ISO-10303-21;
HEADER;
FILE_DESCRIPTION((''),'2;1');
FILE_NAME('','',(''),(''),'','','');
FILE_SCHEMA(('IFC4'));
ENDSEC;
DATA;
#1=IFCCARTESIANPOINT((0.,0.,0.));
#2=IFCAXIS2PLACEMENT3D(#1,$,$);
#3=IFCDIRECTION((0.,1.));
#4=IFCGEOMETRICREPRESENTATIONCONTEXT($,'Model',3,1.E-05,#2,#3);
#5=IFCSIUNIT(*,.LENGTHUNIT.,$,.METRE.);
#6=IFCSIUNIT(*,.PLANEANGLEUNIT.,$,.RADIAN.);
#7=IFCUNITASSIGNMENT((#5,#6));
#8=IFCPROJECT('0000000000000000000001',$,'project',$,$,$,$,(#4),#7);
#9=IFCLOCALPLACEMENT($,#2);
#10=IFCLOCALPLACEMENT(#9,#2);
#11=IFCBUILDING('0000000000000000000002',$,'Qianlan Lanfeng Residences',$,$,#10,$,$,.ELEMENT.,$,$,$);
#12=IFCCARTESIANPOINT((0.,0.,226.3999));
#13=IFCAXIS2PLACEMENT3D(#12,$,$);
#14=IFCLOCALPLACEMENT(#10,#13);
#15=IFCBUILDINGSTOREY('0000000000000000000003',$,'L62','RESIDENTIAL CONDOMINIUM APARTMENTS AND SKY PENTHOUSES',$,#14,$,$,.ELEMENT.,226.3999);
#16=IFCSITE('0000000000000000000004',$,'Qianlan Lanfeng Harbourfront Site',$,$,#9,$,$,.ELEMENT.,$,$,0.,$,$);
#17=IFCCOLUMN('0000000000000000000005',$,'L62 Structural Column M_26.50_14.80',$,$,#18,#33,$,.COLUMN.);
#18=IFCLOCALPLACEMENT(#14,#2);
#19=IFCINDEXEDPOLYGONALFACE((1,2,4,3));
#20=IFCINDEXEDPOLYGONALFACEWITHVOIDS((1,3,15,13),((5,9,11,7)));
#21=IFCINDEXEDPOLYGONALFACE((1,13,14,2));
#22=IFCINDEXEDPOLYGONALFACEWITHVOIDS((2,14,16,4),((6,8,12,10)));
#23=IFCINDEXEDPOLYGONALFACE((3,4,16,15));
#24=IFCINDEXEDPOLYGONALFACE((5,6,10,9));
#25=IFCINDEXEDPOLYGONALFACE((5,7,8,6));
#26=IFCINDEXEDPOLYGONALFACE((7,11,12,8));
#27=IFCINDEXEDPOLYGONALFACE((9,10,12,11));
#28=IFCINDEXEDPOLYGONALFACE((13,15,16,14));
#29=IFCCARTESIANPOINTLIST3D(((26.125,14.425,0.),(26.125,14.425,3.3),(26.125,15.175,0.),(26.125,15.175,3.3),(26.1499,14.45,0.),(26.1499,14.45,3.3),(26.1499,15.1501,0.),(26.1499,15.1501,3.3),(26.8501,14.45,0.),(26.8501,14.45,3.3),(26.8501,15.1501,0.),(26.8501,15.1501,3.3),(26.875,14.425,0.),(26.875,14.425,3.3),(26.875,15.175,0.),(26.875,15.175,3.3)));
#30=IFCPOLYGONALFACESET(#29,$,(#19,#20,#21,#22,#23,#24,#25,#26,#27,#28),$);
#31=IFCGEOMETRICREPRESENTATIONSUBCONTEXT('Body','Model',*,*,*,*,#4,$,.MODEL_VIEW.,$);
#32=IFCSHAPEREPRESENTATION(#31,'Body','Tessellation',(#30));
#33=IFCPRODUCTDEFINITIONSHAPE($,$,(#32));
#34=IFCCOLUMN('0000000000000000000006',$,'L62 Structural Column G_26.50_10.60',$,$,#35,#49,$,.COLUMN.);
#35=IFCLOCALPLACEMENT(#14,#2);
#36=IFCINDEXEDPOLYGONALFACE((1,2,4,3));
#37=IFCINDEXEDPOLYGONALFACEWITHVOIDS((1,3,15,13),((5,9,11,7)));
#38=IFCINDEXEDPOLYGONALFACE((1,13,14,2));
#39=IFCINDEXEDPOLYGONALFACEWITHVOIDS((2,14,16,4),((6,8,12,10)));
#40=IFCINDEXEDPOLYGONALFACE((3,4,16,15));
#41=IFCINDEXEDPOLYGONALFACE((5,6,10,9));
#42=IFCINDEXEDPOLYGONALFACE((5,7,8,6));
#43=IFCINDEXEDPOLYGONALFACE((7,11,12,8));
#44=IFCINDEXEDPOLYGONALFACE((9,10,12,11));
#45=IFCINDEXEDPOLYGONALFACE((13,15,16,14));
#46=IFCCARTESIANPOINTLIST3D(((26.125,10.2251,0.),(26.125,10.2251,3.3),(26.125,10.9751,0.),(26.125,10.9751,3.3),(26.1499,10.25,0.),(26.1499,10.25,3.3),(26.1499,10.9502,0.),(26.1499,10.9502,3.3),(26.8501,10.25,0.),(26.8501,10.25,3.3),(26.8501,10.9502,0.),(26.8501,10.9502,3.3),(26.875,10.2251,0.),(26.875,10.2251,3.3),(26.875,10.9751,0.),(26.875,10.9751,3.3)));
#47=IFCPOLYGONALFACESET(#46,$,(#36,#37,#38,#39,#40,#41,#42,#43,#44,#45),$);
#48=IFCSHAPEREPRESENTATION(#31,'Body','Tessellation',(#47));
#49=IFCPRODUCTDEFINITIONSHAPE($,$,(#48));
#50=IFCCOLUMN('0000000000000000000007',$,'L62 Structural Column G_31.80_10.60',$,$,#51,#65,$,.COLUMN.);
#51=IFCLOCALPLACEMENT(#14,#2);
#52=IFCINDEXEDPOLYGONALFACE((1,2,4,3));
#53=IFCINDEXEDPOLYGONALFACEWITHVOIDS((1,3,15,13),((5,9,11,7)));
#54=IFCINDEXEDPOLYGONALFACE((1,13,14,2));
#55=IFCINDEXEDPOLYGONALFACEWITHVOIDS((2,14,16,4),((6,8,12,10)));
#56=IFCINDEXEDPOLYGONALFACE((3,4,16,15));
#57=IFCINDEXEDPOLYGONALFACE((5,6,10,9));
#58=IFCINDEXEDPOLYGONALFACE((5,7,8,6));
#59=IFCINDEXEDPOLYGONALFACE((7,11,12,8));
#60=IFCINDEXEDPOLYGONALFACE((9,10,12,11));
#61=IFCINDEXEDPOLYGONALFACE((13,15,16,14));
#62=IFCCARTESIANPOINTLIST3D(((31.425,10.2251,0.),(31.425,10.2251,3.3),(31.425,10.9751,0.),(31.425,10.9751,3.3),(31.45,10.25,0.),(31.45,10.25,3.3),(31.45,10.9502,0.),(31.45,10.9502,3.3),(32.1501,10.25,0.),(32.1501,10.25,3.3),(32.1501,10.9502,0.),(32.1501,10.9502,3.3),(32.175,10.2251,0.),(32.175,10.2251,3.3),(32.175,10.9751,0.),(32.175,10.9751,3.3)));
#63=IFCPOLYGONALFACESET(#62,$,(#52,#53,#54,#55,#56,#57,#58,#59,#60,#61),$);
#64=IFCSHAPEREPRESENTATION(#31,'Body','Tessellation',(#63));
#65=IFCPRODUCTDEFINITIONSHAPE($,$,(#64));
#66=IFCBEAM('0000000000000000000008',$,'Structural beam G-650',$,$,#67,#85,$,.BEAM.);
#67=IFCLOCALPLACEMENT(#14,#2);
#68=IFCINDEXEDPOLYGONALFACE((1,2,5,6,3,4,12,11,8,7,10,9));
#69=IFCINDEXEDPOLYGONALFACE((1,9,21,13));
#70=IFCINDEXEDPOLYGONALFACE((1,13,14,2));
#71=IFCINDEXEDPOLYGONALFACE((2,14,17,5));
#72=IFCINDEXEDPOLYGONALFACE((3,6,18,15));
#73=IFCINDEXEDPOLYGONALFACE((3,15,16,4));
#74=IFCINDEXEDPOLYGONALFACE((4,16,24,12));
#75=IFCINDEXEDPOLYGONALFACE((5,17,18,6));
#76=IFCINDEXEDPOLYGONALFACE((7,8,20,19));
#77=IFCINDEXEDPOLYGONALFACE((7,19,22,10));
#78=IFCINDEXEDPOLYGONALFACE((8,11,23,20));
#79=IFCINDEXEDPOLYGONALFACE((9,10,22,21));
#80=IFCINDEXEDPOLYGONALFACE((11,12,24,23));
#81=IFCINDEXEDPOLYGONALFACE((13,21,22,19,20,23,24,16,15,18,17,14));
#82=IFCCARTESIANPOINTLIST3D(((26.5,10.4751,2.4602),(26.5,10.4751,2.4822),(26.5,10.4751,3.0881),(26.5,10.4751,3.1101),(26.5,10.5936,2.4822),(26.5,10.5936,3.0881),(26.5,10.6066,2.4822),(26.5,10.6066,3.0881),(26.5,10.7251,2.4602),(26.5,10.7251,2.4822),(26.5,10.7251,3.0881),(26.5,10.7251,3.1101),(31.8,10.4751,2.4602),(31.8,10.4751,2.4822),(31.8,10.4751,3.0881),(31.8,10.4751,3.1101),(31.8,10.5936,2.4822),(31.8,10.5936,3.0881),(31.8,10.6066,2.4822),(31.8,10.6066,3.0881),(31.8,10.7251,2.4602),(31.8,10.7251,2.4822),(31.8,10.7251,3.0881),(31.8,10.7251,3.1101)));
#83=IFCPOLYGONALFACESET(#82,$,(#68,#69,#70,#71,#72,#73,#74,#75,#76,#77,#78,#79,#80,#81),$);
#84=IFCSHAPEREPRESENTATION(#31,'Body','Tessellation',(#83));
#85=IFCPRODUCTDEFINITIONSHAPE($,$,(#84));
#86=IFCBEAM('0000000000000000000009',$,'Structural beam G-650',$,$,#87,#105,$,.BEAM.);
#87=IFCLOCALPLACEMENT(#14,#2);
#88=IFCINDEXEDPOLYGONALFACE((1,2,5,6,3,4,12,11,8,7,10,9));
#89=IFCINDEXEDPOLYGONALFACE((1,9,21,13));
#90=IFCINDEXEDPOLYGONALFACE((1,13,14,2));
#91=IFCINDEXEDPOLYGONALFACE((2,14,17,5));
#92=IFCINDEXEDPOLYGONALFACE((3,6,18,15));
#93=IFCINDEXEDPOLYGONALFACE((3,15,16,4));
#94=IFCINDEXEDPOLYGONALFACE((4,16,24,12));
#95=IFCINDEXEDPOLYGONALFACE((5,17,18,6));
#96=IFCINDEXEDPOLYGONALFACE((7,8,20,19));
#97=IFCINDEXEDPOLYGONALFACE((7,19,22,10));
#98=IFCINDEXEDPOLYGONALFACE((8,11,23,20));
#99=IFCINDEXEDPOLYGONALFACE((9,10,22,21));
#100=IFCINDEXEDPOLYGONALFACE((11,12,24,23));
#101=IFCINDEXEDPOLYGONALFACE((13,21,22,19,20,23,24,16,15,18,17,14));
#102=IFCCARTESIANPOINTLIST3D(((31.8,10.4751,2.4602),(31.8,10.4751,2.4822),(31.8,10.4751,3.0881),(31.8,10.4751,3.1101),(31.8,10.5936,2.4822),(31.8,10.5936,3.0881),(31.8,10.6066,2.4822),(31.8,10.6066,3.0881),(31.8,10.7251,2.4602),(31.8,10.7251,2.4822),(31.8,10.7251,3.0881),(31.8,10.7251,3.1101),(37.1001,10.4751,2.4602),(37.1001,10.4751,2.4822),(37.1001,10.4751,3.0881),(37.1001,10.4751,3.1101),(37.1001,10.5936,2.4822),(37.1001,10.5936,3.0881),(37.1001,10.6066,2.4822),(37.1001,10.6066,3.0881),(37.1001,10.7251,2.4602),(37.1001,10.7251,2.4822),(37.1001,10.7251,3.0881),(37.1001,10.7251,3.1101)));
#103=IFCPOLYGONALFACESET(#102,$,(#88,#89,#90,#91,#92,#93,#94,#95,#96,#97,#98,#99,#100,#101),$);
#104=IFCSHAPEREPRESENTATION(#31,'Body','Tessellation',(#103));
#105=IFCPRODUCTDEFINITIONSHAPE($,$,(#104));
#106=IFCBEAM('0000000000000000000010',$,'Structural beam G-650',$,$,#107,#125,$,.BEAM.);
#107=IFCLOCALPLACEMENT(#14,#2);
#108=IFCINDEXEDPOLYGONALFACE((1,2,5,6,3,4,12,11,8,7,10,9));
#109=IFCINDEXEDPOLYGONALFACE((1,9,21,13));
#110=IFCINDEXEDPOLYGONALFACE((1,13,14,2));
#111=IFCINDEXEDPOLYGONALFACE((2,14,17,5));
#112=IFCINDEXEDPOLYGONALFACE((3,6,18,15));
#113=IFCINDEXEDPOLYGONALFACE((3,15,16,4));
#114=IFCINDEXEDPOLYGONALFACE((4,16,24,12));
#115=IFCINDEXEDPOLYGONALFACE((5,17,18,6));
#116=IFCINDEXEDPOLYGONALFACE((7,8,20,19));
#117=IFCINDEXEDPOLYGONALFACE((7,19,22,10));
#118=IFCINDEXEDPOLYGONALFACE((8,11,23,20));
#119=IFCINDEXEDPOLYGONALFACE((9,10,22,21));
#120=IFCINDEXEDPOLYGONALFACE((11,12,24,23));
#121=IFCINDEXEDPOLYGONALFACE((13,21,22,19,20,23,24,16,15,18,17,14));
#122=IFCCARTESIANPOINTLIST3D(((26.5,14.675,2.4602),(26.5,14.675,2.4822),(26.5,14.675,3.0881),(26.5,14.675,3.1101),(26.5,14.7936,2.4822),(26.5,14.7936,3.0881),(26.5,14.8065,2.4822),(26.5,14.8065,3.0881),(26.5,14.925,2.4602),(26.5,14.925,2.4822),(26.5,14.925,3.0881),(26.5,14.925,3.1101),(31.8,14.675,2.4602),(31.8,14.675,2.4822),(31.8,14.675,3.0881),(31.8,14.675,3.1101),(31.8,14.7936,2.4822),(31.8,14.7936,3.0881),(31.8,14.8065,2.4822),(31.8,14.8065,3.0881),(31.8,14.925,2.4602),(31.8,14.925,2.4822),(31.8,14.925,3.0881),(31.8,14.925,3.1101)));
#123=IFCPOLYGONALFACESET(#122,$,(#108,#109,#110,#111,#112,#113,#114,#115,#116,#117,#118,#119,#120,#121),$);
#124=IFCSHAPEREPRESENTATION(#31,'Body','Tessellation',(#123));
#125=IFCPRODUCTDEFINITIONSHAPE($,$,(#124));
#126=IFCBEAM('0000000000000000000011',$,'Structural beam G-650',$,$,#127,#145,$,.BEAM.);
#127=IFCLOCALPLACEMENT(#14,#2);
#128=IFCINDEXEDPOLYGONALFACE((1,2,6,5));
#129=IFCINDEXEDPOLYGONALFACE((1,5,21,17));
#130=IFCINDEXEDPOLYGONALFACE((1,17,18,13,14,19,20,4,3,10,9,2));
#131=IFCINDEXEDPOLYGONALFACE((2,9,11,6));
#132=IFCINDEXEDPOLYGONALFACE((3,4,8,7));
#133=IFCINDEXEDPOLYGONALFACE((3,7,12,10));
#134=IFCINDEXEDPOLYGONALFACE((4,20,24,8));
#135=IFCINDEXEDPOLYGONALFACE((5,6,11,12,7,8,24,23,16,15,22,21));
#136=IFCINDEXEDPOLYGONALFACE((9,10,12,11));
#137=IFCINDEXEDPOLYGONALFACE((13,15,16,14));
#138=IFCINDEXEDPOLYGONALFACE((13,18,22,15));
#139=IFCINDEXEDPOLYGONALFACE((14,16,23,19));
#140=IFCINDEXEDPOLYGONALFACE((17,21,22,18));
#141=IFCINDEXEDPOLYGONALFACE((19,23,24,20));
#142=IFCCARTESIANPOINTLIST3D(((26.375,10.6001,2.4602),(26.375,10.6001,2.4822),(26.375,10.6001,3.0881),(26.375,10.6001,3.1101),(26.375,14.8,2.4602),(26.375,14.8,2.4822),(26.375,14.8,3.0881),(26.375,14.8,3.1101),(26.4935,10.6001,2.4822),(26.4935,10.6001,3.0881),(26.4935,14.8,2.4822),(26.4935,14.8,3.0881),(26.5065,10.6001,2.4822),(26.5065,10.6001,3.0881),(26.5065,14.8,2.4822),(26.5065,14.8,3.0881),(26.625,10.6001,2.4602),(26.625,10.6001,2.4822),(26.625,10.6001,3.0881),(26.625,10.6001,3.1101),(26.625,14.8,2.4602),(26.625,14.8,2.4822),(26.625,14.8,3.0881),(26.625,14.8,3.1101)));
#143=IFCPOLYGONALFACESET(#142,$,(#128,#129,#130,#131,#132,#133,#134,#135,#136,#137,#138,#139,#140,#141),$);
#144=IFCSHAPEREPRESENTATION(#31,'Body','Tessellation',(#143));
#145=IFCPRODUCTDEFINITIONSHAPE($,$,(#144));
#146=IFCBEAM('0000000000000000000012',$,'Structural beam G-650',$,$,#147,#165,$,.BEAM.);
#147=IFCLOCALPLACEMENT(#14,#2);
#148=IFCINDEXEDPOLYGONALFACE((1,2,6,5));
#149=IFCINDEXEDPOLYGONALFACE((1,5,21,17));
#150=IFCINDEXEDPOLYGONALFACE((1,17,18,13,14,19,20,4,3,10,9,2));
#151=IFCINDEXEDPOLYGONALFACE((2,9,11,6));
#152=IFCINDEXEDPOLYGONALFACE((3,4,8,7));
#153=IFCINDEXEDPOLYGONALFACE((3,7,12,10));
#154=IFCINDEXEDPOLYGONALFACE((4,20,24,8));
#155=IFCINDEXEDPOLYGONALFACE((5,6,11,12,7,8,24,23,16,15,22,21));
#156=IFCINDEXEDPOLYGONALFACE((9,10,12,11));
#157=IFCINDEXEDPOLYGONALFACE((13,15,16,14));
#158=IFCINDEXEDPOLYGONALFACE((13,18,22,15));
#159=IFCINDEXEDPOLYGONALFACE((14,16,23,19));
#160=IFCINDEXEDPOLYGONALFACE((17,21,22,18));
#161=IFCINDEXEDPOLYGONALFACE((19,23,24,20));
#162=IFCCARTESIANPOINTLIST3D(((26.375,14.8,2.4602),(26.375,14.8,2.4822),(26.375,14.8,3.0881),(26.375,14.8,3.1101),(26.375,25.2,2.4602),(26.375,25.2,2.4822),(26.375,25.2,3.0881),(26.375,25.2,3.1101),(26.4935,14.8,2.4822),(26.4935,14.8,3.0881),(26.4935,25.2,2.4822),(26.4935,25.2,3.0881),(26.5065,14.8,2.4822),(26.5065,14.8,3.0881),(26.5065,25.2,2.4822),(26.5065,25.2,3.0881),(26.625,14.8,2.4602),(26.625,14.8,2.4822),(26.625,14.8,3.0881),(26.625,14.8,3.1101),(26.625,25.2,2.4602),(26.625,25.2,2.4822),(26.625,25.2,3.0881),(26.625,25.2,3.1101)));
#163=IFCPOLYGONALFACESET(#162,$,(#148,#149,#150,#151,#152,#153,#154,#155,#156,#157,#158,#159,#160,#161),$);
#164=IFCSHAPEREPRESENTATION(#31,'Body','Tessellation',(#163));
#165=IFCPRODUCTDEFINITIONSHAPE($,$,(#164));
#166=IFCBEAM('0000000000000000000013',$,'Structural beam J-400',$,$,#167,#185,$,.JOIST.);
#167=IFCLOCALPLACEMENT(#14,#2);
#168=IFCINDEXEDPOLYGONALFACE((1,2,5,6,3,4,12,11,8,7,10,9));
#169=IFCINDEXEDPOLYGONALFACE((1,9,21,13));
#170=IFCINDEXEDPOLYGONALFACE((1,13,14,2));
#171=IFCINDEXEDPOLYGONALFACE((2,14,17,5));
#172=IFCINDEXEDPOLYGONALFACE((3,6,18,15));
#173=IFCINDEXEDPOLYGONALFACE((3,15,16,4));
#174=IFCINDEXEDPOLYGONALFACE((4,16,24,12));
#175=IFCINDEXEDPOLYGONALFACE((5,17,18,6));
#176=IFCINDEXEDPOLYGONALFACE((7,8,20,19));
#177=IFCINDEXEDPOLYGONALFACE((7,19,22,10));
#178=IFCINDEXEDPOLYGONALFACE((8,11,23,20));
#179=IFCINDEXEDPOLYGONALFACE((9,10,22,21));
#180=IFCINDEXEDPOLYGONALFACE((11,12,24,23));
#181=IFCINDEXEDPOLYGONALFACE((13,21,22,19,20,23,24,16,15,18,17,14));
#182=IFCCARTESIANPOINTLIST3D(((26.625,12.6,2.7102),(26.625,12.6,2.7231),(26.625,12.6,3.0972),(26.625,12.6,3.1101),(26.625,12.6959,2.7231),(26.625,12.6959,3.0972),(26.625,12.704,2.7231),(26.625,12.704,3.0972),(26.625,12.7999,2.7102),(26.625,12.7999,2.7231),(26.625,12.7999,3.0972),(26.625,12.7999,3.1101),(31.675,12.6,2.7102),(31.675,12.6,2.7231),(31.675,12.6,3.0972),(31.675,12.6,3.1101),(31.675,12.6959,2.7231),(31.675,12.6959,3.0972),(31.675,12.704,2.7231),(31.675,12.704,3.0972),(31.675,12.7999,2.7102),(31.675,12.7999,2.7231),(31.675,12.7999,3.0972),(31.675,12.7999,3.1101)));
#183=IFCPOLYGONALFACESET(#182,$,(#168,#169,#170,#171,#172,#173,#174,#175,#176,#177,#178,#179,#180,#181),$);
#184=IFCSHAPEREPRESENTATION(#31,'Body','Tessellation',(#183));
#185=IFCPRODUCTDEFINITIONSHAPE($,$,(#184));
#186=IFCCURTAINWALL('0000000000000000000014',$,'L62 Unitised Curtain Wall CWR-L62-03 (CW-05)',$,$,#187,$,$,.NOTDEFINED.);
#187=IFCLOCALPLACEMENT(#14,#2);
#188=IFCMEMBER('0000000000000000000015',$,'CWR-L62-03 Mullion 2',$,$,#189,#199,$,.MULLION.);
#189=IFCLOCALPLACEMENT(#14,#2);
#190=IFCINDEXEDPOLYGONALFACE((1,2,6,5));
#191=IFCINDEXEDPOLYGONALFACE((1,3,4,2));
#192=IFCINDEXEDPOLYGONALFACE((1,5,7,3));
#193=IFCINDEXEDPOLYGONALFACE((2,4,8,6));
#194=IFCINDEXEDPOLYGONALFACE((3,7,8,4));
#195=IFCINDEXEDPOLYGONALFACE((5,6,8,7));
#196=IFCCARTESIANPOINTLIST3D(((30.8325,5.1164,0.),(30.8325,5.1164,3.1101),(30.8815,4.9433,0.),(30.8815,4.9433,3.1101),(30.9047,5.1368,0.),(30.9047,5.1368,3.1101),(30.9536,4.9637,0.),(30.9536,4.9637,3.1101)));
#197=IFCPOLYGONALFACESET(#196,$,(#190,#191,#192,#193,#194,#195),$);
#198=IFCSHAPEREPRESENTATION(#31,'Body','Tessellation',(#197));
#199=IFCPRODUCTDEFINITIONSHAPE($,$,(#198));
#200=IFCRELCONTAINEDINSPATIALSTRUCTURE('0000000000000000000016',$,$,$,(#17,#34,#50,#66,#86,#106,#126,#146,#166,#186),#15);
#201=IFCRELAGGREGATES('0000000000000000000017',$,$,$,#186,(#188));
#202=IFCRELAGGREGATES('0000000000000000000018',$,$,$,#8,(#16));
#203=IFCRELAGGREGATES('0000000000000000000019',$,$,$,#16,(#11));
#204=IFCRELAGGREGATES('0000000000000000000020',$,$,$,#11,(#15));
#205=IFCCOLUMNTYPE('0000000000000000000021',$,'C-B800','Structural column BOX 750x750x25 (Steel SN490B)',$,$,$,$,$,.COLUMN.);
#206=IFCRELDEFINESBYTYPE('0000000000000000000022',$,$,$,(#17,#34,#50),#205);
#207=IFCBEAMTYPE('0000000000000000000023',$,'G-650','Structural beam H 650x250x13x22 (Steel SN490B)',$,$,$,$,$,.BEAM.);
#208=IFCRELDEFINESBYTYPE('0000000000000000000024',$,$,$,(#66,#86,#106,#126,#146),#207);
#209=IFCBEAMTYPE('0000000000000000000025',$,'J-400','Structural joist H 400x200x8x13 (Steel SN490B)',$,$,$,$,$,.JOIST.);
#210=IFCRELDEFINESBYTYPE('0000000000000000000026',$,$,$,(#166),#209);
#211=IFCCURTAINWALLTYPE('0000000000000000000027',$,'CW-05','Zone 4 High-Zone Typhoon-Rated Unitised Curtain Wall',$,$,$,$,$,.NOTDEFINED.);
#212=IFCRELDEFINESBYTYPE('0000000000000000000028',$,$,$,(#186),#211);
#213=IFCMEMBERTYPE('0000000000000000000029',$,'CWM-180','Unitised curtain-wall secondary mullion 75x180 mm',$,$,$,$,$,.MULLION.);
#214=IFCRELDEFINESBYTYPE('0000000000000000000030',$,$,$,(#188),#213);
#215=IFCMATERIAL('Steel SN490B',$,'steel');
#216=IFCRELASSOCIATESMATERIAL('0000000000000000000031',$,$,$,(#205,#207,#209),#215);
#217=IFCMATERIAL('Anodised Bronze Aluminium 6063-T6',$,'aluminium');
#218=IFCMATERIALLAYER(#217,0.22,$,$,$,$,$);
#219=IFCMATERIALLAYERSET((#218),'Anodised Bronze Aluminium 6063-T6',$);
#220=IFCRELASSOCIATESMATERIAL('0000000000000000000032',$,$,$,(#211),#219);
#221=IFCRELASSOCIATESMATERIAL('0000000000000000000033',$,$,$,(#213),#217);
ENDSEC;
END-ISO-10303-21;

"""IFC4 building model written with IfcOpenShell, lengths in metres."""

from ifc_helpers import new_model, si_unit, direction, frame, origin, origin_2d, place, context, subcontext, project, spatial, rectangle, hollow_rectangle, i_section, extrude, source, transform, mapped, material, layer, layer_set, material_profile, profile_set, type_object, element, aggregate, save


model = new_model("IFC4")

# Units and contexts
model_context = context("Model", 3, precision=1e-05, world=origin(), true_north=direction((0.0, 1.0)))
body_context = subcontext(model_context, "Body", "Model", "MODEL_VIEW")
ifc_project = project(units=[si_unit("LENGTHUNIT", "METRE"), si_unit("PLANEANGLEUNIT", "RADIAN")], contexts=[model_context])

# Site, building, storey
site_placement = place(None, origin())
site = spatial("IfcSite", under=ifc_project, at=site_placement, Name="Qianlan Lanfeng Harbourfront Site", CompositionType="ELEMENT", RefElevation=0.0)
building_placement = place(site_placement, origin())
building = spatial("IfcBuilding", under=site, at=building_placement, Name="Qianlan Lanfeng Residences", CompositionType="ELEMENT")
storey_placement = place(building_placement, frame((0.0, 0.0, 226.3999)))
storey = spatial("IfcBuildingStorey", under=building, at=storey_placement, Name="L62", Description="RESIDENTIAL CONDOMINIUM APARTMENTS AND SKY PENTHOUSES", CompositionType="ELEMENT", Elevation=226.3999)

# Columns
ifc_material_1 = material(Name="Steel SN490B", Category="steel")
ifc_material_profile_1 = material_profile(ifc_material_1, hollow_rectangle(XDim=0.75, YDim=0.75, WallThickness=0.0249, at=origin_2d()), Name="BOX 750x750x25")
ifc_profile_set_1 = profile_set([ifc_material_profile_1], Name="Steel SN490B")
column_type = type_object("IfcColumnType", Name="C-B800", Description="Structural column BOX 750x750x25 (Steel SN490B)", PredefinedType="COLUMN", material=ifc_profile_set_1)
for number, where, z_axis, x_axis, name in (
    (1, (26.5, 14.8, 0.0), (0.0, 0.0, 1.0), (1.0, 0.0, 0.0), "L62 Structural Column M_26.50_14.80"),
    (2, (26.5, 10.6001, 0.0), (0.0, 0.0, 1.0), (1.0, 0.0, 0.0), "L62 Structural Column G_26.50_10.60"),
    (3, (31.8, 10.6001, 0.0), (0.0, 0.0, 1.0), (1.0, 0.0, 0.0), "L62 Structural Column G_31.80_10.60"),
):
    element("IfcColumn", number, at=place(storey_placement, frame(where, z_axis=z_axis, x_axis=x_axis)), inside=storey, type_object=column_type, Name=name, PredefinedType="COLUMN", context=body_context, shape_type="SweptSolid", body=[
        extrude(hollow_rectangle(XDim=0.75, YDim=0.75, WallThickness=0.0249, at=origin_2d()), origin(), (0.0, 0.0, 1.0), 3.3),
    ])

# Beams
ifc_material_profile_2 = material_profile(ifc_material_1, i_section(OverallWidth=0.25, OverallDepth=0.6499, WebThickness=0.0129, FlangeThickness=0.022, at=origin_2d()), Name="H 650x250x13x22")
ifc_profile_set_2 = profile_set([ifc_material_profile_2], Name="Steel SN490B")
beam_type_1 = type_object("IfcBeamType", Name="G-650", Description="Structural beam H 650x250x13x22 (Steel SN490B)", PredefinedType="BEAM", material=ifc_profile_set_2)
for number, where, z_axis, x_axis, name in (
    (4, (26.5, 10.6001, 2.7852), (1.0, 0.0, 0.0), (0.0, 1.0, 0.0), "Structural beam G-650"),
    (5, (31.8, 10.6001, 2.7852), (1.0, 0.0, 0.0), (0.0, 1.0, 0.0), "Structural beam G-650"),
    (6, (26.5, 14.8, 2.7852), (1.0, 0.0, 0.0), (0.0, 1.0, 0.0), "Structural beam G-650"),
):
    element("IfcBeam", number, at=place(storey_placement, frame(where, z_axis=z_axis, x_axis=x_axis)), inside=storey, type_object=beam_type_1, Name=name, PredefinedType="BEAM", context=body_context, shape_type="SweptSolid", body=[
        extrude(i_section(OverallWidth=0.25, OverallDepth=0.6499, WebThickness=0.0129, FlangeThickness=0.022, at=origin_2d()), origin(), (0.0, 0.0, 1.0), 5.3),
    ])
beam_1_placement = place(storey_placement, frame((26.5, 10.6001, 2.7852), z_axis=(0.0, 1.0, 0.0), x_axis=(-1.0, 0.0, 0.0)))
element("IfcBeam", 7, at=beam_1_placement, inside=storey, type_object=beam_type_1, Name="Structural beam G-650", PredefinedType="BEAM", context=body_context, shape_type="SweptSolid", body=[
    extrude(i_section(OverallWidth=0.25, OverallDepth=0.6499, WebThickness=0.0129, FlangeThickness=0.022, at=origin_2d()), origin(), (0.0, 0.0, 1.0), 4.2),
])
beam_2_placement = place(storey_placement, frame((26.5, 14.8, 2.7852), z_axis=(0.0, 1.0, 0.0), x_axis=(-1.0, 0.0, 0.0)))
element("IfcBeam", 8, at=beam_2_placement, inside=storey, type_object=beam_type_1, Name="Structural beam G-650", PredefinedType="BEAM", context=body_context, shape_type="SweptSolid", body=[
    extrude(i_section(OverallWidth=0.25, OverallDepth=0.6499, WebThickness=0.0129, FlangeThickness=0.022, at=origin_2d()), origin(), (0.0, 0.0, 1.0), 10.3999),
])
ifc_material_profile_3 = material_profile(ifc_material_1, i_section(OverallWidth=0.2, OverallDepth=0.3999, WebThickness=0.0081, FlangeThickness=0.0129, at=origin_2d()), Name="H 400x200x8x13")
ifc_profile_set_3 = profile_set([ifc_material_profile_3], Name="Steel SN490B")
beam_type_2 = type_object("IfcBeamType", Name="J-400", Description="Structural joist H 400x200x8x13 (Steel SN490B)", PredefinedType="JOIST", material=ifc_profile_set_3)
beam_3_placement = place(storey_placement, frame((26.625, 12.7, 2.9102), z_axis=(1.0, 0.0, 0.0), x_axis=(0.0, 1.0, 0.0)))
element("IfcBeam", 9, at=beam_3_placement, inside=storey, type_object=beam_type_2, Name="Structural beam J-400", PredefinedType="JOIST", context=body_context, shape_type="SweptSolid", body=[
    extrude(i_section(OverallWidth=0.2, OverallDepth=0.3999, WebThickness=0.0081, FlangeThickness=0.0129, at=origin_2d()), origin(), (0.0, 0.0, 1.0), 5.05),
])

# Curtain wall, member
ifc_material_2 = material(Name="Anodised Bronze Aluminium 6063-T6", Category="aluminium")
ifc_layer_1 = layer(ifc_material_2, 0.22)
ifc_layer_set_1 = layer_set([ifc_layer_1], Name="Anodised Bronze Aluminium 6063-T6")
curtain_wall_type = type_object("IfcCurtainWallType", Name="CW-05", Description="Zone 4 High-Zone Typhoon-Rated Unitised Curtain Wall", PredefinedType="NOTDEFINED", material=ifc_layer_set_1)
curtain_wall_placement = place(storey_placement, origin())
curtain_wall = element("IfcCurtainWall", 10, at=curtain_wall_placement, inside=storey, type_object=curtain_wall_type, Name="L62 Unitised Curtain Wall CWR-L62-03 (CW-05)", PredefinedType="NOTDEFINED")
ifc_material_profile_4 = material_profile(ifc_material_2, rectangle(XDim=0.075, YDim=0.1799, at=origin_2d()), Name="ALU MULLION 75x180")
ifc_profile_set_4 = profile_set([ifc_material_profile_4], Name="Anodised Bronze Aluminium 6063-T6")
member_type_1 = type_object("IfcMemberType", Name="CWM-180", Description="Unitised curtain-wall secondary mullion 75x180 mm", PredefinedType="MULLION", material=ifc_profile_set_4)
shared_shape_1 = source(origin(), body_context, "Body", "SweptSolid", [
    extrude(rectangle(XDim=0.075, YDim=0.1799, at=origin_2d()), origin(), (0.0, 0.0, 1.0), 3.1101),
])
member_1_placement = place(storey_placement, frame((30.8931, 5.04, 0.0), z_axis=(0.0, 0.0, 1.0), x_axis=(0.962284, 0.272045, 0.0)))
member_1 = element("IfcMember", 11, at=member_1_placement, type_object=member_type_1, Name="CWR-L62-03 Mullion 2", PredefinedType="MULLION", context=body_context, shape_type="MappedRepresentation", body=[
    mapped(shared_shape_1, transform((0.0, 0.0, 0.0), scale=1.0)),
])
aggregate(curtain_wall, [member_1])

save(model, "model.ifc")
